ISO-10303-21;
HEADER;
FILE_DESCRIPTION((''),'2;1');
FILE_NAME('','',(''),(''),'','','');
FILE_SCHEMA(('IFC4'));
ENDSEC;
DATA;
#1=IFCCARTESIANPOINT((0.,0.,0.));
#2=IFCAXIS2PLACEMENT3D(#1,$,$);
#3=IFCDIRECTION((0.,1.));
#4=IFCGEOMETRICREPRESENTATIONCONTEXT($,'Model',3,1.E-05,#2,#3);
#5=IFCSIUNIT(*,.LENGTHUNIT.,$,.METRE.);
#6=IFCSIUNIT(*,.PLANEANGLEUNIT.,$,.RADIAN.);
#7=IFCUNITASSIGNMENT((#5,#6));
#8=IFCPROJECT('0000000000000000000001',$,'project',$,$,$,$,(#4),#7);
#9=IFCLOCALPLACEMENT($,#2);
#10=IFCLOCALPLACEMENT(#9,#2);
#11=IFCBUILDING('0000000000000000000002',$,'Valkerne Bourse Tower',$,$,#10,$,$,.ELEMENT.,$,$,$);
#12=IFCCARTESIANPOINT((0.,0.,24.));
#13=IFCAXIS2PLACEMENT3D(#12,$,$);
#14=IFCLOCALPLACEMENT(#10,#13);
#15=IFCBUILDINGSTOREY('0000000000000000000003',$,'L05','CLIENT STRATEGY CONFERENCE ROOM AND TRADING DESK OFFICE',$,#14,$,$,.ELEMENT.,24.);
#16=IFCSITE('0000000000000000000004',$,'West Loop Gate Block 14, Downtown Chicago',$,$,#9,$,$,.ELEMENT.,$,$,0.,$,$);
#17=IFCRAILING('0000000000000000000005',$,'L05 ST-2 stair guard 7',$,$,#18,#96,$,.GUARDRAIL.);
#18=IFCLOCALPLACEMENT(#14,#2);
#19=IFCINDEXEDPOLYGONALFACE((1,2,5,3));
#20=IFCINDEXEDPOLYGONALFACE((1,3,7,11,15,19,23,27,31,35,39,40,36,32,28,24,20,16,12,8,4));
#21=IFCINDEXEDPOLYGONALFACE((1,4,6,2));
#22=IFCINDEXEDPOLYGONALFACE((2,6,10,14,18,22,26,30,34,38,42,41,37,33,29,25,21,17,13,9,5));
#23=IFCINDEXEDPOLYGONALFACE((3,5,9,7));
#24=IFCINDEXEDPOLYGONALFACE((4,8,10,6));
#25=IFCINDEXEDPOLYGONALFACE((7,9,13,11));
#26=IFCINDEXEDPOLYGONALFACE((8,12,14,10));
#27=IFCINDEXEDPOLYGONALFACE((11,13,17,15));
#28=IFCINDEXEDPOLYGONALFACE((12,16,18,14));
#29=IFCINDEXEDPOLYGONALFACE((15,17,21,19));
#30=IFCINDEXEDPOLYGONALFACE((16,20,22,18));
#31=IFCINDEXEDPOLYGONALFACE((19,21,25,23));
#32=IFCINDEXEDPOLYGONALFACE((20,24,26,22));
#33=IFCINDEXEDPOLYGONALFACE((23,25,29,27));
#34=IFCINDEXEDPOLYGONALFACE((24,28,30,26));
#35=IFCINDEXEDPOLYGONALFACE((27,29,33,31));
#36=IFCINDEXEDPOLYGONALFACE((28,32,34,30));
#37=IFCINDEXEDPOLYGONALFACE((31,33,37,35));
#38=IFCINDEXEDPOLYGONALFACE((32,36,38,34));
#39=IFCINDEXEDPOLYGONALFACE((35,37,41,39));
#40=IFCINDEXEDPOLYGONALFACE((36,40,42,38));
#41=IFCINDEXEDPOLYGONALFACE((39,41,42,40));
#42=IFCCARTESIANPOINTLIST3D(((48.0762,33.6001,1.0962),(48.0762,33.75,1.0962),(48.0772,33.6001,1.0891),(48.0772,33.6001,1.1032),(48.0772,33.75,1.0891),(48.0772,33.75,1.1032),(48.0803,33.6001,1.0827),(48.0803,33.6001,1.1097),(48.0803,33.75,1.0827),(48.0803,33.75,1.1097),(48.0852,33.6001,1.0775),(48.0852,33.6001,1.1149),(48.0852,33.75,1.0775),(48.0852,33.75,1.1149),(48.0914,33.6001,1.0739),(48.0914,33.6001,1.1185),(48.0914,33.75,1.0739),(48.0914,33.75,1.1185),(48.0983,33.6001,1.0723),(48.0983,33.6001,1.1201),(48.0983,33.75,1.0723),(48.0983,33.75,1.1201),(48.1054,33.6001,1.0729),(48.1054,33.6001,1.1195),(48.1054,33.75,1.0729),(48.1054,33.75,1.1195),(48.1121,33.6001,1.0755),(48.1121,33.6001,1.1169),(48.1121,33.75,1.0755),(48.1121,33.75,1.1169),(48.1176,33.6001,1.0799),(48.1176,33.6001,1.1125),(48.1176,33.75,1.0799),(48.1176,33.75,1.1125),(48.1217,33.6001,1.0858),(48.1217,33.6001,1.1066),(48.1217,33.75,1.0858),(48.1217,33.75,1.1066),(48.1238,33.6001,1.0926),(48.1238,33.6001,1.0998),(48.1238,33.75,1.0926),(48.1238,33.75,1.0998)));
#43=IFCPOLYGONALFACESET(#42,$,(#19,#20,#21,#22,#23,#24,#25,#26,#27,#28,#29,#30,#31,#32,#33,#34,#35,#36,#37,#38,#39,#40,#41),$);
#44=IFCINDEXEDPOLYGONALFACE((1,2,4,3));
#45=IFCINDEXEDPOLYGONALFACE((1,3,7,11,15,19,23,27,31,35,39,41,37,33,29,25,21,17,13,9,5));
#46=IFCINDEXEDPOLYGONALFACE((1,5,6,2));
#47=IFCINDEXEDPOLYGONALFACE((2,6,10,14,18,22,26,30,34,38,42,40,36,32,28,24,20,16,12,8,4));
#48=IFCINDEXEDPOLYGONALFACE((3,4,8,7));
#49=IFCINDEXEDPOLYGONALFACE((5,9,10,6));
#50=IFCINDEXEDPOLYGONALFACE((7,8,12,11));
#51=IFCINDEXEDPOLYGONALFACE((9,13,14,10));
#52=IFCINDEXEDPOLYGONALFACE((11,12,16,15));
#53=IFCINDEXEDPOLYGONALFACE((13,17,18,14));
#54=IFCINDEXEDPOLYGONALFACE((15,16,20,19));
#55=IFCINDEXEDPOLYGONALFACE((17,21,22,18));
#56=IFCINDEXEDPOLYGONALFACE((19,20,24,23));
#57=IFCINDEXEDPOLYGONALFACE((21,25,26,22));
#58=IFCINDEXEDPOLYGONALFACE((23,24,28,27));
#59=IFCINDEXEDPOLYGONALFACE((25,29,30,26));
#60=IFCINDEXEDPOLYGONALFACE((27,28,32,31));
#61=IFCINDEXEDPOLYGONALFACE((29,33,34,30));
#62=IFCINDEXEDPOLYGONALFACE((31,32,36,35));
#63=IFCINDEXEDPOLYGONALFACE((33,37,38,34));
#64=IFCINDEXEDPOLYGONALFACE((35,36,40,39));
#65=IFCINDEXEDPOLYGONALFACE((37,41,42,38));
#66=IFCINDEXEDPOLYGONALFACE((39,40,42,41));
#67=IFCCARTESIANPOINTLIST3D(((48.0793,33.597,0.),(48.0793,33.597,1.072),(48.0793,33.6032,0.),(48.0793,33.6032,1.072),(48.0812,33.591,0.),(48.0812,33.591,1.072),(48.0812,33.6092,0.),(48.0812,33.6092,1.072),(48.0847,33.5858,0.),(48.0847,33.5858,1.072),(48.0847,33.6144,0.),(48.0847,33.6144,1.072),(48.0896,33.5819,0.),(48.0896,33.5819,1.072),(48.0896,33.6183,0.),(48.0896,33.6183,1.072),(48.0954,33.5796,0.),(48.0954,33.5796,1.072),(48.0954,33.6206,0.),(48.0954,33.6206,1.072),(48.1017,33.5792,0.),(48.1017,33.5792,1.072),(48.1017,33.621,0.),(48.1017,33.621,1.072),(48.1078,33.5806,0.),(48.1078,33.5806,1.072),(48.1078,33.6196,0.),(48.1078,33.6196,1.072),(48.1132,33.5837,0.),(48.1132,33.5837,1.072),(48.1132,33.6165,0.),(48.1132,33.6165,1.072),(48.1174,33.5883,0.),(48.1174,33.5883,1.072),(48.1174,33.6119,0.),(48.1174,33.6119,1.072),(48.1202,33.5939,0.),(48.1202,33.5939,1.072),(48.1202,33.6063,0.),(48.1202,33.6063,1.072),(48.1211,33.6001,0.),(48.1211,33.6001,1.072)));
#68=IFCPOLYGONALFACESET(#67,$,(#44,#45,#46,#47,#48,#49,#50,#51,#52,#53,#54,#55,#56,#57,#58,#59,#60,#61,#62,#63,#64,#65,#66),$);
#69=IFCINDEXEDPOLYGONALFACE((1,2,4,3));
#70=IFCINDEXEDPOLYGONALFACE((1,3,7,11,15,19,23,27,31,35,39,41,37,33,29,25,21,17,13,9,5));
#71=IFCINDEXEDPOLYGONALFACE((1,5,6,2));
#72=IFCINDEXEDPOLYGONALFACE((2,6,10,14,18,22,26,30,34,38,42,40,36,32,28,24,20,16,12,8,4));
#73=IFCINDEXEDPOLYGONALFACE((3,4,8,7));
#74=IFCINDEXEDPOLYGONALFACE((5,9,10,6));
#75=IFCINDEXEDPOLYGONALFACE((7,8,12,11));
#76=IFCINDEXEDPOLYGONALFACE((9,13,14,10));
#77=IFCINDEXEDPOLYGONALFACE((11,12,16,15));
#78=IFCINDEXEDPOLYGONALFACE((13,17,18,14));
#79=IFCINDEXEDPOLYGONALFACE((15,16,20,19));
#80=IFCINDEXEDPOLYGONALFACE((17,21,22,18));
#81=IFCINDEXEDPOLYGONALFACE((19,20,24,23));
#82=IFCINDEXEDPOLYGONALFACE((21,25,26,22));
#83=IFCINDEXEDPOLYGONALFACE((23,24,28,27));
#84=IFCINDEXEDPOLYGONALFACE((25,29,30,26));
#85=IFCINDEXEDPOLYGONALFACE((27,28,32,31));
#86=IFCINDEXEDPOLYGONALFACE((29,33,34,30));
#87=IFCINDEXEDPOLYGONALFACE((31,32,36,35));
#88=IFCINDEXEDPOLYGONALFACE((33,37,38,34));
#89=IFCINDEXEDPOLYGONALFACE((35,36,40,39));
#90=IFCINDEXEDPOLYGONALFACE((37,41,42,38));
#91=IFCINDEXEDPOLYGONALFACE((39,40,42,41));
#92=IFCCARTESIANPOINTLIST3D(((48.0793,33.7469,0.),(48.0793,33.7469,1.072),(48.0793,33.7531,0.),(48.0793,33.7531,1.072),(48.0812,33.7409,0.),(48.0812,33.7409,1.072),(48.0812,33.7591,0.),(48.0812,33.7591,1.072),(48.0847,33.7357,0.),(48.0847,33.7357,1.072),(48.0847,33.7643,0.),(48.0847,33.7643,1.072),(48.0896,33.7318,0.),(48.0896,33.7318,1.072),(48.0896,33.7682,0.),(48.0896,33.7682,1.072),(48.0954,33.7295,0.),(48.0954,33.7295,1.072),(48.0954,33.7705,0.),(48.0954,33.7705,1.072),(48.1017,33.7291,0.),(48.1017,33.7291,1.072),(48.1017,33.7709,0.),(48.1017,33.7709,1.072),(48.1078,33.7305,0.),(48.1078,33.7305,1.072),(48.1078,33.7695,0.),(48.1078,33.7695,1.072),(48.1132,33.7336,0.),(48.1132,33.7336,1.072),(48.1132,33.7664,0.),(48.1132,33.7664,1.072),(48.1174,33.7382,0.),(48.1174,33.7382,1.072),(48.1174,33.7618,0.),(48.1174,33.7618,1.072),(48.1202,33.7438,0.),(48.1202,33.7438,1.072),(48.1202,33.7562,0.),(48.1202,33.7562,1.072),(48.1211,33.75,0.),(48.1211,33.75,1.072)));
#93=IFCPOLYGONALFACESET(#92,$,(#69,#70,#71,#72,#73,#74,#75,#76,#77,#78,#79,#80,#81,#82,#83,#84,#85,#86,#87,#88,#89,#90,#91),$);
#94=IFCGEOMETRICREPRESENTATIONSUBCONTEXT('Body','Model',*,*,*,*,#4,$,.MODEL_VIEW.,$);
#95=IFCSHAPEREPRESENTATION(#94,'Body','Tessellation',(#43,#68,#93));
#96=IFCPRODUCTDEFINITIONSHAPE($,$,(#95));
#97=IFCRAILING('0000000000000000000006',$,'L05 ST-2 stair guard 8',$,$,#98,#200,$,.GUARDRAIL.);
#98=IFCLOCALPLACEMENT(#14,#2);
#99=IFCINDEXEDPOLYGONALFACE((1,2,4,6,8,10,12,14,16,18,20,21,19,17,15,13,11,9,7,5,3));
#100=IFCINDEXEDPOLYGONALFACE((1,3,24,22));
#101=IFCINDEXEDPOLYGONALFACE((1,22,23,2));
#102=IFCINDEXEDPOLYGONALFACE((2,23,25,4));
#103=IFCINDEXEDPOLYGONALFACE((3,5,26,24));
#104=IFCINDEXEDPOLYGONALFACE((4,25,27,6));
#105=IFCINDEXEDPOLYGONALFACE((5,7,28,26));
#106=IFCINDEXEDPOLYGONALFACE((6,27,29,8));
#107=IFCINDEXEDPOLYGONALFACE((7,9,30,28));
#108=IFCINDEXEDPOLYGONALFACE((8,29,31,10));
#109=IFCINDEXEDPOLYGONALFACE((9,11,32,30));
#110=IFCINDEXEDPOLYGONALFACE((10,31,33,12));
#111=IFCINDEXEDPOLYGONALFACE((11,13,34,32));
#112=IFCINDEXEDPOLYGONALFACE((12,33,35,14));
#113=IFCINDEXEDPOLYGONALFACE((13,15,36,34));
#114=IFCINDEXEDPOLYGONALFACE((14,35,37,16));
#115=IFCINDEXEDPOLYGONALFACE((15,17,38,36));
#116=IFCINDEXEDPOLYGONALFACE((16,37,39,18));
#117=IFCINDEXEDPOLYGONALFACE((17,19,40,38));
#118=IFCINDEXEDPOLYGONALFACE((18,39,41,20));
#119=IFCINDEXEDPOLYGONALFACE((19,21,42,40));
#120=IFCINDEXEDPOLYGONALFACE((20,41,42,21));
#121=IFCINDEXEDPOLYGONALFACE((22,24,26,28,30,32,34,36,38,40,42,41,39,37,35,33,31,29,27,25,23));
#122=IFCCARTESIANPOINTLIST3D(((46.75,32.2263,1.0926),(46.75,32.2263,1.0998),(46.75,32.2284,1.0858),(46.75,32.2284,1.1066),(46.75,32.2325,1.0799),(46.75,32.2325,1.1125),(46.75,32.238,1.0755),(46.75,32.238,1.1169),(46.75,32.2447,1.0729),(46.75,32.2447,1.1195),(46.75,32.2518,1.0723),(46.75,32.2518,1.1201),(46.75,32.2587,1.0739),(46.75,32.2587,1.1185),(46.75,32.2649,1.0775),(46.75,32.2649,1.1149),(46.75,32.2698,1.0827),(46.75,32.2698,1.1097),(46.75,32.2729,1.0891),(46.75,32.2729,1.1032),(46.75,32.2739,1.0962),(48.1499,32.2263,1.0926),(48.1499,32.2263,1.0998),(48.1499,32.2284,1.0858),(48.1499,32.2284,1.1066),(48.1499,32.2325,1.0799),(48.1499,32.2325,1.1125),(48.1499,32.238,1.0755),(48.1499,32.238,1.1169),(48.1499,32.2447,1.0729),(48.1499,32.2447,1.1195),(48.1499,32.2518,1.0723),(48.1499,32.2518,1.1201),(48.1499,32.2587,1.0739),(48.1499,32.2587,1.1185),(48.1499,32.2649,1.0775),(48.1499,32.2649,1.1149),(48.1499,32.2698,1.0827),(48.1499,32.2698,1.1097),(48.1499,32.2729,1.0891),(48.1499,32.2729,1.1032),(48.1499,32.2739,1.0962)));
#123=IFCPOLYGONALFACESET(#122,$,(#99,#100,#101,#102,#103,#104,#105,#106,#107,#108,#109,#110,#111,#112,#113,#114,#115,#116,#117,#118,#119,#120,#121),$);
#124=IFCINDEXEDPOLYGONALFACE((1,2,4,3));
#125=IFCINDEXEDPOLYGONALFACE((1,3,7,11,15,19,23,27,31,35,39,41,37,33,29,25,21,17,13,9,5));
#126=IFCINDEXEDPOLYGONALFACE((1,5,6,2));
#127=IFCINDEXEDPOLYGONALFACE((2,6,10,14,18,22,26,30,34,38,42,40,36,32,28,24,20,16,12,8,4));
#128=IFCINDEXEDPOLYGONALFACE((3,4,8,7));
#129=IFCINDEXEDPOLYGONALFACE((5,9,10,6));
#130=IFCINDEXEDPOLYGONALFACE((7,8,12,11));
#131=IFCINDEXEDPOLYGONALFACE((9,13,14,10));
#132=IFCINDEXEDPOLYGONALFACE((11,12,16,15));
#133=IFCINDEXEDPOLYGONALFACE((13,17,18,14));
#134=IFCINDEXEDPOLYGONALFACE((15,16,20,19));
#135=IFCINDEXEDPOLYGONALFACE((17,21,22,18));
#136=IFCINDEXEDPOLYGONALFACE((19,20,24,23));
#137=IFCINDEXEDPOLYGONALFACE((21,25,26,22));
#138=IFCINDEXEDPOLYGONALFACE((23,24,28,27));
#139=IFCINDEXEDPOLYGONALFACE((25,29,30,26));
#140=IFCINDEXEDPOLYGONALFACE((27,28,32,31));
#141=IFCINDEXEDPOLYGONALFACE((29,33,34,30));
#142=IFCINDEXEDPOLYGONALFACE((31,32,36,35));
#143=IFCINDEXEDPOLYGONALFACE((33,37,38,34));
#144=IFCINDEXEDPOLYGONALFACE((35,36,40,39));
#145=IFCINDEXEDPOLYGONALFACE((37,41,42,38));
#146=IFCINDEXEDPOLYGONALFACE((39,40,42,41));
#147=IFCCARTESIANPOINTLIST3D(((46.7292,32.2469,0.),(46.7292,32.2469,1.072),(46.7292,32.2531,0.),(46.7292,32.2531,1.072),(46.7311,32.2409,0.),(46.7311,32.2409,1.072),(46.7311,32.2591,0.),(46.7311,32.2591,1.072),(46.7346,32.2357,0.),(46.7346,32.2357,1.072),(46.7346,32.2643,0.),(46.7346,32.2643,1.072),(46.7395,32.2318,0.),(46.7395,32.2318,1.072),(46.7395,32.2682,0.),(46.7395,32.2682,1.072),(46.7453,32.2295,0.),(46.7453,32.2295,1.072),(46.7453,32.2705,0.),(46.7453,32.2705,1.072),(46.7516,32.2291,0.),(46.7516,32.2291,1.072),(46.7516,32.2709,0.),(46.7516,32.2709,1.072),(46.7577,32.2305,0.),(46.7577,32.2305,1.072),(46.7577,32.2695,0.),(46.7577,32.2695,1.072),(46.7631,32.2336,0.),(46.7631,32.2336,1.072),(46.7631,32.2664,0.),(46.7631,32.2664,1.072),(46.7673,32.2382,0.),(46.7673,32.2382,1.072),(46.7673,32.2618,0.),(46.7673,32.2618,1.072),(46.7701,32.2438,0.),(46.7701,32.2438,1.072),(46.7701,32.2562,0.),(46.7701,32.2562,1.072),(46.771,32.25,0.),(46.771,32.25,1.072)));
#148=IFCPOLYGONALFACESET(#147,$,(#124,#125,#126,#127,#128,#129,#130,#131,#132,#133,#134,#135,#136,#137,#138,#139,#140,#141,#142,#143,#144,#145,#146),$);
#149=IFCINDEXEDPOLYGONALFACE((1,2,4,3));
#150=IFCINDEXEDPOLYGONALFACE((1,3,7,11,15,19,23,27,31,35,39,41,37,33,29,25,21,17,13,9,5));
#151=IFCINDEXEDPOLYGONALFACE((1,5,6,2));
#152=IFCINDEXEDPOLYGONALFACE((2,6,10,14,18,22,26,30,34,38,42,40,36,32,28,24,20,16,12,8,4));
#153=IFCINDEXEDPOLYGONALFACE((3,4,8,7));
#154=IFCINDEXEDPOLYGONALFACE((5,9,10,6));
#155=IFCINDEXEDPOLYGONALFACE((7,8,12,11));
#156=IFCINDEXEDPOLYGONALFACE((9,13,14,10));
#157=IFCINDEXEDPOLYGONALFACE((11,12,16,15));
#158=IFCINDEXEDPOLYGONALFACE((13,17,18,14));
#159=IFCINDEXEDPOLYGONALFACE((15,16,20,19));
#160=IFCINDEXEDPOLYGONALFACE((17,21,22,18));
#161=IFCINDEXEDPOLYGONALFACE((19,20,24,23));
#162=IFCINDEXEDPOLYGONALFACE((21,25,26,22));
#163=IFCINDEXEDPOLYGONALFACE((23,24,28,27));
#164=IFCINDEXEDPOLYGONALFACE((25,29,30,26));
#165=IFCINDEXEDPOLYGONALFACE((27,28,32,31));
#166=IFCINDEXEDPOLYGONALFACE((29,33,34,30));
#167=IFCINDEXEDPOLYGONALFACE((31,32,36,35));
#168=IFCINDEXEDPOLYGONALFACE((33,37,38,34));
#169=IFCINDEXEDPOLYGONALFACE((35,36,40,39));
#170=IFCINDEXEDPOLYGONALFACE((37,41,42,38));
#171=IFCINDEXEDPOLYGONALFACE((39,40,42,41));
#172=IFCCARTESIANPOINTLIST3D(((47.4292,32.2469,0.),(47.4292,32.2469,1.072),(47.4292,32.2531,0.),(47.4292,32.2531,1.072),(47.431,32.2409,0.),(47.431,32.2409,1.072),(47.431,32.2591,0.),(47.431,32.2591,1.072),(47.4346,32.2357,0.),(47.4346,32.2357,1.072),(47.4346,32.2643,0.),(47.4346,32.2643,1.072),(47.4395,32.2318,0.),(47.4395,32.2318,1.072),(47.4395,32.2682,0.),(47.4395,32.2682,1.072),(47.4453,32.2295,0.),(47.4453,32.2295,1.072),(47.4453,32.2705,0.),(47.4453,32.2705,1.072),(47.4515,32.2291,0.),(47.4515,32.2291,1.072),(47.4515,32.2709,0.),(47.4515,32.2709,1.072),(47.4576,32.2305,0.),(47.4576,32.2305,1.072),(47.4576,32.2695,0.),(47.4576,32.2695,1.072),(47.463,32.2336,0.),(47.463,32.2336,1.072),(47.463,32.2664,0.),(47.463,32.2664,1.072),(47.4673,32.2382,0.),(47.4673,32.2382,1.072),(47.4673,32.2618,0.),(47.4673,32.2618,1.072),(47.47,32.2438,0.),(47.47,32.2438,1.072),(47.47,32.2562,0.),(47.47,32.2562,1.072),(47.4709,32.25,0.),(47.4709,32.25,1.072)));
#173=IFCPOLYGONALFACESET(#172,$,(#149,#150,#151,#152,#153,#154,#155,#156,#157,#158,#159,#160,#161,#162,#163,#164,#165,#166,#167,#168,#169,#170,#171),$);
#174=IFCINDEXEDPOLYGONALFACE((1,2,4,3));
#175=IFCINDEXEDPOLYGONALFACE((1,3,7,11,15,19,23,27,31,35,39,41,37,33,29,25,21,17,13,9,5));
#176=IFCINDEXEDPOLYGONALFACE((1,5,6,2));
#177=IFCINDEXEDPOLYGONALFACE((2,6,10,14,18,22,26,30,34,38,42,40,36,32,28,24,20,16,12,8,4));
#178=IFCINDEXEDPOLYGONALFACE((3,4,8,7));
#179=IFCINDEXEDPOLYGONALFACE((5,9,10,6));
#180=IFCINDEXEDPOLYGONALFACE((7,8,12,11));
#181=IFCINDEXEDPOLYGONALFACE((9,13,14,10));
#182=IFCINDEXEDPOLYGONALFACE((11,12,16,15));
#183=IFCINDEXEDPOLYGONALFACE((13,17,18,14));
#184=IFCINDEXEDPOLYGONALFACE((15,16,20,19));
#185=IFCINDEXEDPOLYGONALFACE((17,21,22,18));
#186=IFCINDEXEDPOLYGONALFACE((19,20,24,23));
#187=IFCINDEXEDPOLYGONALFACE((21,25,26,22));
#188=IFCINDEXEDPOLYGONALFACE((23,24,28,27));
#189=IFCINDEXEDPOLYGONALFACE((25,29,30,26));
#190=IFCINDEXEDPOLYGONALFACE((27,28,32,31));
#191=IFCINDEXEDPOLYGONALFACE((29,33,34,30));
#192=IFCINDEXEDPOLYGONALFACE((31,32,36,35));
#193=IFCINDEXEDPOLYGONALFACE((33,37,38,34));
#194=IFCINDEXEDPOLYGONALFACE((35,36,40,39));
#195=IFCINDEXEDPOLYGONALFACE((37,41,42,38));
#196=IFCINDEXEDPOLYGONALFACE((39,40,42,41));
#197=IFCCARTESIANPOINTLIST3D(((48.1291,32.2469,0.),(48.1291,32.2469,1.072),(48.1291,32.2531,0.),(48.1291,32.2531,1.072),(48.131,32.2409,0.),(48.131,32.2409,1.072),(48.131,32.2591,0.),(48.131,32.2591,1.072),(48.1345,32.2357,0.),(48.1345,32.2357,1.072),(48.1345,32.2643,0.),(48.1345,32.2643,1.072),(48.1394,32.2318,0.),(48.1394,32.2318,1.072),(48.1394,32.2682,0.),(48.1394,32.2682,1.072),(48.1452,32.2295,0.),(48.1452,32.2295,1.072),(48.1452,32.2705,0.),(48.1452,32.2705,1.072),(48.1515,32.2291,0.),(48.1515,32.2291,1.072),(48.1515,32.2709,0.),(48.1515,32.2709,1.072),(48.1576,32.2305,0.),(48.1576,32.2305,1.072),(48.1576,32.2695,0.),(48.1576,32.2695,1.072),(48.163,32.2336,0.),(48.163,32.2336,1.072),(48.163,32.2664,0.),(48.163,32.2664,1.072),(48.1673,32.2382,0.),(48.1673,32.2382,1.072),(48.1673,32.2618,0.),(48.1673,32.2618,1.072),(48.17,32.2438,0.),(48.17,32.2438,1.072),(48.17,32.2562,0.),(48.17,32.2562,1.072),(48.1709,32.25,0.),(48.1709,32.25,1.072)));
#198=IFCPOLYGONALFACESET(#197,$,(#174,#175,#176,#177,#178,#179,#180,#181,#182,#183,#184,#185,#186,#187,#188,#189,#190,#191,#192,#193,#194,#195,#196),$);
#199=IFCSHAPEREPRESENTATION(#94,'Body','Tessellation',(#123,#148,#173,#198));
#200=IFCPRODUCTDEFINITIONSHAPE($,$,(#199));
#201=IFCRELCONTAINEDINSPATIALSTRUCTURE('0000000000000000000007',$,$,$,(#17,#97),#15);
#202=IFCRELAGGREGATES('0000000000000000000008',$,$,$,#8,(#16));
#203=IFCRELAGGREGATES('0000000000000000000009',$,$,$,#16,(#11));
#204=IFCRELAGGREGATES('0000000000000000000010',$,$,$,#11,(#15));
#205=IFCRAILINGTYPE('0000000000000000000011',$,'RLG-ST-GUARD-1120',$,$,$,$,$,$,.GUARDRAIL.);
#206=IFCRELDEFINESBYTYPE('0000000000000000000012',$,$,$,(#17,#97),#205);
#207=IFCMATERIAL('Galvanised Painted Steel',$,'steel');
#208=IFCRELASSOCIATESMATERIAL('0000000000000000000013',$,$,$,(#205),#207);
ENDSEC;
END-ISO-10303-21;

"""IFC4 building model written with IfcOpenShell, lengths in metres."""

from ifc_helpers import new_model, si_unit, direction, frame, origin, origin_2d, place, context, subcontext, project, spatial, circle, extrude, material, type_object, element, save


model = new_model("IFC4")

# Units and contexts
model_context = context("Model", 3, precision=1e-05, world=origin(), true_north=direction((0.0, 1.0)))
body_context = subcontext(model_context, "Body", "Model", "MODEL_VIEW")
ifc_project = project(units=[si_unit("LENGTHUNIT", "METRE"), si_unit("PLANEANGLEUNIT", "RADIAN")], contexts=[model_context])

# Site, building, storey
site_placement = place(None, origin())
site = spatial("IfcSite", under=ifc_project, at=site_placement, Name="West Loop Gate Block 14, Downtown Chicago", CompositionType="ELEMENT", RefElevation=0.0)
building_placement = place(site_placement, origin())
building = spatial("IfcBuilding", under=site, at=building_placement, Name="Valkerne Bourse Tower", CompositionType="ELEMENT")
storey_placement = place(building_placement, frame((0.0, 0.0, 24.0)))
storey = spatial("IfcBuildingStorey", under=building, at=storey_placement, Name="L05", Description="CLIENT STRATEGY CONFERENCE ROOM AND TRADING DESK OFFICE", CompositionType="ELEMENT", Elevation=24.0)

# Shared definitions
ifc_material_1 = material(Name="Galvanised Painted Steel", Category="steel")

# Railings
railing_type_1 = type_object("IfcRailingType", Name="RLG-ST-GUARD-1120", PredefinedType="GUARDRAIL", material=ifc_material_1)
railing_1_placement = place(storey_placement, frame((48.1001, 33.6001, 0.0)))
element("IfcRailing", 1, at=railing_1_placement, inside=storey, type_object=railing_type_1, Name="L05 ST-2 stair guard 7", PredefinedType="GUARDRAIL", context=body_context, shape_type="SweptSolid", body=[
    extrude(circle(Radius=0.0239, at=origin_2d()), frame((0.0, 0.0, 1.0962), z_axis=(0.0, 1.0, 0.0), x_axis=(-1.0, 0.0, 0.0)), (0.0, 0.0, 1.0), 0.1499),
    extrude(circle(Radius=0.021, at=origin_2d()), origin(), (0.0, 0.0, 1.0), 1.072),
    extrude(circle(Radius=0.021, at=origin_2d()), frame((0.0, 0.1499, 0.0)), (0.0, 0.0, 1.0), 1.072),
])
for number, where, name in (
    (2, (46.75, 32.25, 0.0), "L05 ST-2 stair guard 8"),
):
    element("IfcRailing", number, at=place(storey_placement, frame(where)), inside=storey, type_object=railing_type_1, Name=name, PredefinedType="GUARDRAIL", context=body_context, shape_type="SweptSolid", body=[
        extrude(circle(Radius=0.0239, at=origin_2d()), frame((0.0, 0.0, 1.0962), z_axis=(1.0, 0.0, 0.0), x_axis=(0.0, 1.0, 0.0)), (0.0, 0.0, 1.0), 1.3999),
        extrude(circle(Radius=0.021, at=origin_2d()), origin(), (0.0, 0.0, 1.0), 1.072),
        extrude(circle(Radius=0.021, at=origin_2d()), frame((0.7, 0.0, 0.0)), (0.0, 0.0, 1.0), 1.072),
        extrude(circle(Radius=0.021, at=origin_2d()), frame((1.3999, 0.0, 0.0)), (0.0, 0.0, 1.0), 1.072),
    ])

save(model, "model.ifc")
